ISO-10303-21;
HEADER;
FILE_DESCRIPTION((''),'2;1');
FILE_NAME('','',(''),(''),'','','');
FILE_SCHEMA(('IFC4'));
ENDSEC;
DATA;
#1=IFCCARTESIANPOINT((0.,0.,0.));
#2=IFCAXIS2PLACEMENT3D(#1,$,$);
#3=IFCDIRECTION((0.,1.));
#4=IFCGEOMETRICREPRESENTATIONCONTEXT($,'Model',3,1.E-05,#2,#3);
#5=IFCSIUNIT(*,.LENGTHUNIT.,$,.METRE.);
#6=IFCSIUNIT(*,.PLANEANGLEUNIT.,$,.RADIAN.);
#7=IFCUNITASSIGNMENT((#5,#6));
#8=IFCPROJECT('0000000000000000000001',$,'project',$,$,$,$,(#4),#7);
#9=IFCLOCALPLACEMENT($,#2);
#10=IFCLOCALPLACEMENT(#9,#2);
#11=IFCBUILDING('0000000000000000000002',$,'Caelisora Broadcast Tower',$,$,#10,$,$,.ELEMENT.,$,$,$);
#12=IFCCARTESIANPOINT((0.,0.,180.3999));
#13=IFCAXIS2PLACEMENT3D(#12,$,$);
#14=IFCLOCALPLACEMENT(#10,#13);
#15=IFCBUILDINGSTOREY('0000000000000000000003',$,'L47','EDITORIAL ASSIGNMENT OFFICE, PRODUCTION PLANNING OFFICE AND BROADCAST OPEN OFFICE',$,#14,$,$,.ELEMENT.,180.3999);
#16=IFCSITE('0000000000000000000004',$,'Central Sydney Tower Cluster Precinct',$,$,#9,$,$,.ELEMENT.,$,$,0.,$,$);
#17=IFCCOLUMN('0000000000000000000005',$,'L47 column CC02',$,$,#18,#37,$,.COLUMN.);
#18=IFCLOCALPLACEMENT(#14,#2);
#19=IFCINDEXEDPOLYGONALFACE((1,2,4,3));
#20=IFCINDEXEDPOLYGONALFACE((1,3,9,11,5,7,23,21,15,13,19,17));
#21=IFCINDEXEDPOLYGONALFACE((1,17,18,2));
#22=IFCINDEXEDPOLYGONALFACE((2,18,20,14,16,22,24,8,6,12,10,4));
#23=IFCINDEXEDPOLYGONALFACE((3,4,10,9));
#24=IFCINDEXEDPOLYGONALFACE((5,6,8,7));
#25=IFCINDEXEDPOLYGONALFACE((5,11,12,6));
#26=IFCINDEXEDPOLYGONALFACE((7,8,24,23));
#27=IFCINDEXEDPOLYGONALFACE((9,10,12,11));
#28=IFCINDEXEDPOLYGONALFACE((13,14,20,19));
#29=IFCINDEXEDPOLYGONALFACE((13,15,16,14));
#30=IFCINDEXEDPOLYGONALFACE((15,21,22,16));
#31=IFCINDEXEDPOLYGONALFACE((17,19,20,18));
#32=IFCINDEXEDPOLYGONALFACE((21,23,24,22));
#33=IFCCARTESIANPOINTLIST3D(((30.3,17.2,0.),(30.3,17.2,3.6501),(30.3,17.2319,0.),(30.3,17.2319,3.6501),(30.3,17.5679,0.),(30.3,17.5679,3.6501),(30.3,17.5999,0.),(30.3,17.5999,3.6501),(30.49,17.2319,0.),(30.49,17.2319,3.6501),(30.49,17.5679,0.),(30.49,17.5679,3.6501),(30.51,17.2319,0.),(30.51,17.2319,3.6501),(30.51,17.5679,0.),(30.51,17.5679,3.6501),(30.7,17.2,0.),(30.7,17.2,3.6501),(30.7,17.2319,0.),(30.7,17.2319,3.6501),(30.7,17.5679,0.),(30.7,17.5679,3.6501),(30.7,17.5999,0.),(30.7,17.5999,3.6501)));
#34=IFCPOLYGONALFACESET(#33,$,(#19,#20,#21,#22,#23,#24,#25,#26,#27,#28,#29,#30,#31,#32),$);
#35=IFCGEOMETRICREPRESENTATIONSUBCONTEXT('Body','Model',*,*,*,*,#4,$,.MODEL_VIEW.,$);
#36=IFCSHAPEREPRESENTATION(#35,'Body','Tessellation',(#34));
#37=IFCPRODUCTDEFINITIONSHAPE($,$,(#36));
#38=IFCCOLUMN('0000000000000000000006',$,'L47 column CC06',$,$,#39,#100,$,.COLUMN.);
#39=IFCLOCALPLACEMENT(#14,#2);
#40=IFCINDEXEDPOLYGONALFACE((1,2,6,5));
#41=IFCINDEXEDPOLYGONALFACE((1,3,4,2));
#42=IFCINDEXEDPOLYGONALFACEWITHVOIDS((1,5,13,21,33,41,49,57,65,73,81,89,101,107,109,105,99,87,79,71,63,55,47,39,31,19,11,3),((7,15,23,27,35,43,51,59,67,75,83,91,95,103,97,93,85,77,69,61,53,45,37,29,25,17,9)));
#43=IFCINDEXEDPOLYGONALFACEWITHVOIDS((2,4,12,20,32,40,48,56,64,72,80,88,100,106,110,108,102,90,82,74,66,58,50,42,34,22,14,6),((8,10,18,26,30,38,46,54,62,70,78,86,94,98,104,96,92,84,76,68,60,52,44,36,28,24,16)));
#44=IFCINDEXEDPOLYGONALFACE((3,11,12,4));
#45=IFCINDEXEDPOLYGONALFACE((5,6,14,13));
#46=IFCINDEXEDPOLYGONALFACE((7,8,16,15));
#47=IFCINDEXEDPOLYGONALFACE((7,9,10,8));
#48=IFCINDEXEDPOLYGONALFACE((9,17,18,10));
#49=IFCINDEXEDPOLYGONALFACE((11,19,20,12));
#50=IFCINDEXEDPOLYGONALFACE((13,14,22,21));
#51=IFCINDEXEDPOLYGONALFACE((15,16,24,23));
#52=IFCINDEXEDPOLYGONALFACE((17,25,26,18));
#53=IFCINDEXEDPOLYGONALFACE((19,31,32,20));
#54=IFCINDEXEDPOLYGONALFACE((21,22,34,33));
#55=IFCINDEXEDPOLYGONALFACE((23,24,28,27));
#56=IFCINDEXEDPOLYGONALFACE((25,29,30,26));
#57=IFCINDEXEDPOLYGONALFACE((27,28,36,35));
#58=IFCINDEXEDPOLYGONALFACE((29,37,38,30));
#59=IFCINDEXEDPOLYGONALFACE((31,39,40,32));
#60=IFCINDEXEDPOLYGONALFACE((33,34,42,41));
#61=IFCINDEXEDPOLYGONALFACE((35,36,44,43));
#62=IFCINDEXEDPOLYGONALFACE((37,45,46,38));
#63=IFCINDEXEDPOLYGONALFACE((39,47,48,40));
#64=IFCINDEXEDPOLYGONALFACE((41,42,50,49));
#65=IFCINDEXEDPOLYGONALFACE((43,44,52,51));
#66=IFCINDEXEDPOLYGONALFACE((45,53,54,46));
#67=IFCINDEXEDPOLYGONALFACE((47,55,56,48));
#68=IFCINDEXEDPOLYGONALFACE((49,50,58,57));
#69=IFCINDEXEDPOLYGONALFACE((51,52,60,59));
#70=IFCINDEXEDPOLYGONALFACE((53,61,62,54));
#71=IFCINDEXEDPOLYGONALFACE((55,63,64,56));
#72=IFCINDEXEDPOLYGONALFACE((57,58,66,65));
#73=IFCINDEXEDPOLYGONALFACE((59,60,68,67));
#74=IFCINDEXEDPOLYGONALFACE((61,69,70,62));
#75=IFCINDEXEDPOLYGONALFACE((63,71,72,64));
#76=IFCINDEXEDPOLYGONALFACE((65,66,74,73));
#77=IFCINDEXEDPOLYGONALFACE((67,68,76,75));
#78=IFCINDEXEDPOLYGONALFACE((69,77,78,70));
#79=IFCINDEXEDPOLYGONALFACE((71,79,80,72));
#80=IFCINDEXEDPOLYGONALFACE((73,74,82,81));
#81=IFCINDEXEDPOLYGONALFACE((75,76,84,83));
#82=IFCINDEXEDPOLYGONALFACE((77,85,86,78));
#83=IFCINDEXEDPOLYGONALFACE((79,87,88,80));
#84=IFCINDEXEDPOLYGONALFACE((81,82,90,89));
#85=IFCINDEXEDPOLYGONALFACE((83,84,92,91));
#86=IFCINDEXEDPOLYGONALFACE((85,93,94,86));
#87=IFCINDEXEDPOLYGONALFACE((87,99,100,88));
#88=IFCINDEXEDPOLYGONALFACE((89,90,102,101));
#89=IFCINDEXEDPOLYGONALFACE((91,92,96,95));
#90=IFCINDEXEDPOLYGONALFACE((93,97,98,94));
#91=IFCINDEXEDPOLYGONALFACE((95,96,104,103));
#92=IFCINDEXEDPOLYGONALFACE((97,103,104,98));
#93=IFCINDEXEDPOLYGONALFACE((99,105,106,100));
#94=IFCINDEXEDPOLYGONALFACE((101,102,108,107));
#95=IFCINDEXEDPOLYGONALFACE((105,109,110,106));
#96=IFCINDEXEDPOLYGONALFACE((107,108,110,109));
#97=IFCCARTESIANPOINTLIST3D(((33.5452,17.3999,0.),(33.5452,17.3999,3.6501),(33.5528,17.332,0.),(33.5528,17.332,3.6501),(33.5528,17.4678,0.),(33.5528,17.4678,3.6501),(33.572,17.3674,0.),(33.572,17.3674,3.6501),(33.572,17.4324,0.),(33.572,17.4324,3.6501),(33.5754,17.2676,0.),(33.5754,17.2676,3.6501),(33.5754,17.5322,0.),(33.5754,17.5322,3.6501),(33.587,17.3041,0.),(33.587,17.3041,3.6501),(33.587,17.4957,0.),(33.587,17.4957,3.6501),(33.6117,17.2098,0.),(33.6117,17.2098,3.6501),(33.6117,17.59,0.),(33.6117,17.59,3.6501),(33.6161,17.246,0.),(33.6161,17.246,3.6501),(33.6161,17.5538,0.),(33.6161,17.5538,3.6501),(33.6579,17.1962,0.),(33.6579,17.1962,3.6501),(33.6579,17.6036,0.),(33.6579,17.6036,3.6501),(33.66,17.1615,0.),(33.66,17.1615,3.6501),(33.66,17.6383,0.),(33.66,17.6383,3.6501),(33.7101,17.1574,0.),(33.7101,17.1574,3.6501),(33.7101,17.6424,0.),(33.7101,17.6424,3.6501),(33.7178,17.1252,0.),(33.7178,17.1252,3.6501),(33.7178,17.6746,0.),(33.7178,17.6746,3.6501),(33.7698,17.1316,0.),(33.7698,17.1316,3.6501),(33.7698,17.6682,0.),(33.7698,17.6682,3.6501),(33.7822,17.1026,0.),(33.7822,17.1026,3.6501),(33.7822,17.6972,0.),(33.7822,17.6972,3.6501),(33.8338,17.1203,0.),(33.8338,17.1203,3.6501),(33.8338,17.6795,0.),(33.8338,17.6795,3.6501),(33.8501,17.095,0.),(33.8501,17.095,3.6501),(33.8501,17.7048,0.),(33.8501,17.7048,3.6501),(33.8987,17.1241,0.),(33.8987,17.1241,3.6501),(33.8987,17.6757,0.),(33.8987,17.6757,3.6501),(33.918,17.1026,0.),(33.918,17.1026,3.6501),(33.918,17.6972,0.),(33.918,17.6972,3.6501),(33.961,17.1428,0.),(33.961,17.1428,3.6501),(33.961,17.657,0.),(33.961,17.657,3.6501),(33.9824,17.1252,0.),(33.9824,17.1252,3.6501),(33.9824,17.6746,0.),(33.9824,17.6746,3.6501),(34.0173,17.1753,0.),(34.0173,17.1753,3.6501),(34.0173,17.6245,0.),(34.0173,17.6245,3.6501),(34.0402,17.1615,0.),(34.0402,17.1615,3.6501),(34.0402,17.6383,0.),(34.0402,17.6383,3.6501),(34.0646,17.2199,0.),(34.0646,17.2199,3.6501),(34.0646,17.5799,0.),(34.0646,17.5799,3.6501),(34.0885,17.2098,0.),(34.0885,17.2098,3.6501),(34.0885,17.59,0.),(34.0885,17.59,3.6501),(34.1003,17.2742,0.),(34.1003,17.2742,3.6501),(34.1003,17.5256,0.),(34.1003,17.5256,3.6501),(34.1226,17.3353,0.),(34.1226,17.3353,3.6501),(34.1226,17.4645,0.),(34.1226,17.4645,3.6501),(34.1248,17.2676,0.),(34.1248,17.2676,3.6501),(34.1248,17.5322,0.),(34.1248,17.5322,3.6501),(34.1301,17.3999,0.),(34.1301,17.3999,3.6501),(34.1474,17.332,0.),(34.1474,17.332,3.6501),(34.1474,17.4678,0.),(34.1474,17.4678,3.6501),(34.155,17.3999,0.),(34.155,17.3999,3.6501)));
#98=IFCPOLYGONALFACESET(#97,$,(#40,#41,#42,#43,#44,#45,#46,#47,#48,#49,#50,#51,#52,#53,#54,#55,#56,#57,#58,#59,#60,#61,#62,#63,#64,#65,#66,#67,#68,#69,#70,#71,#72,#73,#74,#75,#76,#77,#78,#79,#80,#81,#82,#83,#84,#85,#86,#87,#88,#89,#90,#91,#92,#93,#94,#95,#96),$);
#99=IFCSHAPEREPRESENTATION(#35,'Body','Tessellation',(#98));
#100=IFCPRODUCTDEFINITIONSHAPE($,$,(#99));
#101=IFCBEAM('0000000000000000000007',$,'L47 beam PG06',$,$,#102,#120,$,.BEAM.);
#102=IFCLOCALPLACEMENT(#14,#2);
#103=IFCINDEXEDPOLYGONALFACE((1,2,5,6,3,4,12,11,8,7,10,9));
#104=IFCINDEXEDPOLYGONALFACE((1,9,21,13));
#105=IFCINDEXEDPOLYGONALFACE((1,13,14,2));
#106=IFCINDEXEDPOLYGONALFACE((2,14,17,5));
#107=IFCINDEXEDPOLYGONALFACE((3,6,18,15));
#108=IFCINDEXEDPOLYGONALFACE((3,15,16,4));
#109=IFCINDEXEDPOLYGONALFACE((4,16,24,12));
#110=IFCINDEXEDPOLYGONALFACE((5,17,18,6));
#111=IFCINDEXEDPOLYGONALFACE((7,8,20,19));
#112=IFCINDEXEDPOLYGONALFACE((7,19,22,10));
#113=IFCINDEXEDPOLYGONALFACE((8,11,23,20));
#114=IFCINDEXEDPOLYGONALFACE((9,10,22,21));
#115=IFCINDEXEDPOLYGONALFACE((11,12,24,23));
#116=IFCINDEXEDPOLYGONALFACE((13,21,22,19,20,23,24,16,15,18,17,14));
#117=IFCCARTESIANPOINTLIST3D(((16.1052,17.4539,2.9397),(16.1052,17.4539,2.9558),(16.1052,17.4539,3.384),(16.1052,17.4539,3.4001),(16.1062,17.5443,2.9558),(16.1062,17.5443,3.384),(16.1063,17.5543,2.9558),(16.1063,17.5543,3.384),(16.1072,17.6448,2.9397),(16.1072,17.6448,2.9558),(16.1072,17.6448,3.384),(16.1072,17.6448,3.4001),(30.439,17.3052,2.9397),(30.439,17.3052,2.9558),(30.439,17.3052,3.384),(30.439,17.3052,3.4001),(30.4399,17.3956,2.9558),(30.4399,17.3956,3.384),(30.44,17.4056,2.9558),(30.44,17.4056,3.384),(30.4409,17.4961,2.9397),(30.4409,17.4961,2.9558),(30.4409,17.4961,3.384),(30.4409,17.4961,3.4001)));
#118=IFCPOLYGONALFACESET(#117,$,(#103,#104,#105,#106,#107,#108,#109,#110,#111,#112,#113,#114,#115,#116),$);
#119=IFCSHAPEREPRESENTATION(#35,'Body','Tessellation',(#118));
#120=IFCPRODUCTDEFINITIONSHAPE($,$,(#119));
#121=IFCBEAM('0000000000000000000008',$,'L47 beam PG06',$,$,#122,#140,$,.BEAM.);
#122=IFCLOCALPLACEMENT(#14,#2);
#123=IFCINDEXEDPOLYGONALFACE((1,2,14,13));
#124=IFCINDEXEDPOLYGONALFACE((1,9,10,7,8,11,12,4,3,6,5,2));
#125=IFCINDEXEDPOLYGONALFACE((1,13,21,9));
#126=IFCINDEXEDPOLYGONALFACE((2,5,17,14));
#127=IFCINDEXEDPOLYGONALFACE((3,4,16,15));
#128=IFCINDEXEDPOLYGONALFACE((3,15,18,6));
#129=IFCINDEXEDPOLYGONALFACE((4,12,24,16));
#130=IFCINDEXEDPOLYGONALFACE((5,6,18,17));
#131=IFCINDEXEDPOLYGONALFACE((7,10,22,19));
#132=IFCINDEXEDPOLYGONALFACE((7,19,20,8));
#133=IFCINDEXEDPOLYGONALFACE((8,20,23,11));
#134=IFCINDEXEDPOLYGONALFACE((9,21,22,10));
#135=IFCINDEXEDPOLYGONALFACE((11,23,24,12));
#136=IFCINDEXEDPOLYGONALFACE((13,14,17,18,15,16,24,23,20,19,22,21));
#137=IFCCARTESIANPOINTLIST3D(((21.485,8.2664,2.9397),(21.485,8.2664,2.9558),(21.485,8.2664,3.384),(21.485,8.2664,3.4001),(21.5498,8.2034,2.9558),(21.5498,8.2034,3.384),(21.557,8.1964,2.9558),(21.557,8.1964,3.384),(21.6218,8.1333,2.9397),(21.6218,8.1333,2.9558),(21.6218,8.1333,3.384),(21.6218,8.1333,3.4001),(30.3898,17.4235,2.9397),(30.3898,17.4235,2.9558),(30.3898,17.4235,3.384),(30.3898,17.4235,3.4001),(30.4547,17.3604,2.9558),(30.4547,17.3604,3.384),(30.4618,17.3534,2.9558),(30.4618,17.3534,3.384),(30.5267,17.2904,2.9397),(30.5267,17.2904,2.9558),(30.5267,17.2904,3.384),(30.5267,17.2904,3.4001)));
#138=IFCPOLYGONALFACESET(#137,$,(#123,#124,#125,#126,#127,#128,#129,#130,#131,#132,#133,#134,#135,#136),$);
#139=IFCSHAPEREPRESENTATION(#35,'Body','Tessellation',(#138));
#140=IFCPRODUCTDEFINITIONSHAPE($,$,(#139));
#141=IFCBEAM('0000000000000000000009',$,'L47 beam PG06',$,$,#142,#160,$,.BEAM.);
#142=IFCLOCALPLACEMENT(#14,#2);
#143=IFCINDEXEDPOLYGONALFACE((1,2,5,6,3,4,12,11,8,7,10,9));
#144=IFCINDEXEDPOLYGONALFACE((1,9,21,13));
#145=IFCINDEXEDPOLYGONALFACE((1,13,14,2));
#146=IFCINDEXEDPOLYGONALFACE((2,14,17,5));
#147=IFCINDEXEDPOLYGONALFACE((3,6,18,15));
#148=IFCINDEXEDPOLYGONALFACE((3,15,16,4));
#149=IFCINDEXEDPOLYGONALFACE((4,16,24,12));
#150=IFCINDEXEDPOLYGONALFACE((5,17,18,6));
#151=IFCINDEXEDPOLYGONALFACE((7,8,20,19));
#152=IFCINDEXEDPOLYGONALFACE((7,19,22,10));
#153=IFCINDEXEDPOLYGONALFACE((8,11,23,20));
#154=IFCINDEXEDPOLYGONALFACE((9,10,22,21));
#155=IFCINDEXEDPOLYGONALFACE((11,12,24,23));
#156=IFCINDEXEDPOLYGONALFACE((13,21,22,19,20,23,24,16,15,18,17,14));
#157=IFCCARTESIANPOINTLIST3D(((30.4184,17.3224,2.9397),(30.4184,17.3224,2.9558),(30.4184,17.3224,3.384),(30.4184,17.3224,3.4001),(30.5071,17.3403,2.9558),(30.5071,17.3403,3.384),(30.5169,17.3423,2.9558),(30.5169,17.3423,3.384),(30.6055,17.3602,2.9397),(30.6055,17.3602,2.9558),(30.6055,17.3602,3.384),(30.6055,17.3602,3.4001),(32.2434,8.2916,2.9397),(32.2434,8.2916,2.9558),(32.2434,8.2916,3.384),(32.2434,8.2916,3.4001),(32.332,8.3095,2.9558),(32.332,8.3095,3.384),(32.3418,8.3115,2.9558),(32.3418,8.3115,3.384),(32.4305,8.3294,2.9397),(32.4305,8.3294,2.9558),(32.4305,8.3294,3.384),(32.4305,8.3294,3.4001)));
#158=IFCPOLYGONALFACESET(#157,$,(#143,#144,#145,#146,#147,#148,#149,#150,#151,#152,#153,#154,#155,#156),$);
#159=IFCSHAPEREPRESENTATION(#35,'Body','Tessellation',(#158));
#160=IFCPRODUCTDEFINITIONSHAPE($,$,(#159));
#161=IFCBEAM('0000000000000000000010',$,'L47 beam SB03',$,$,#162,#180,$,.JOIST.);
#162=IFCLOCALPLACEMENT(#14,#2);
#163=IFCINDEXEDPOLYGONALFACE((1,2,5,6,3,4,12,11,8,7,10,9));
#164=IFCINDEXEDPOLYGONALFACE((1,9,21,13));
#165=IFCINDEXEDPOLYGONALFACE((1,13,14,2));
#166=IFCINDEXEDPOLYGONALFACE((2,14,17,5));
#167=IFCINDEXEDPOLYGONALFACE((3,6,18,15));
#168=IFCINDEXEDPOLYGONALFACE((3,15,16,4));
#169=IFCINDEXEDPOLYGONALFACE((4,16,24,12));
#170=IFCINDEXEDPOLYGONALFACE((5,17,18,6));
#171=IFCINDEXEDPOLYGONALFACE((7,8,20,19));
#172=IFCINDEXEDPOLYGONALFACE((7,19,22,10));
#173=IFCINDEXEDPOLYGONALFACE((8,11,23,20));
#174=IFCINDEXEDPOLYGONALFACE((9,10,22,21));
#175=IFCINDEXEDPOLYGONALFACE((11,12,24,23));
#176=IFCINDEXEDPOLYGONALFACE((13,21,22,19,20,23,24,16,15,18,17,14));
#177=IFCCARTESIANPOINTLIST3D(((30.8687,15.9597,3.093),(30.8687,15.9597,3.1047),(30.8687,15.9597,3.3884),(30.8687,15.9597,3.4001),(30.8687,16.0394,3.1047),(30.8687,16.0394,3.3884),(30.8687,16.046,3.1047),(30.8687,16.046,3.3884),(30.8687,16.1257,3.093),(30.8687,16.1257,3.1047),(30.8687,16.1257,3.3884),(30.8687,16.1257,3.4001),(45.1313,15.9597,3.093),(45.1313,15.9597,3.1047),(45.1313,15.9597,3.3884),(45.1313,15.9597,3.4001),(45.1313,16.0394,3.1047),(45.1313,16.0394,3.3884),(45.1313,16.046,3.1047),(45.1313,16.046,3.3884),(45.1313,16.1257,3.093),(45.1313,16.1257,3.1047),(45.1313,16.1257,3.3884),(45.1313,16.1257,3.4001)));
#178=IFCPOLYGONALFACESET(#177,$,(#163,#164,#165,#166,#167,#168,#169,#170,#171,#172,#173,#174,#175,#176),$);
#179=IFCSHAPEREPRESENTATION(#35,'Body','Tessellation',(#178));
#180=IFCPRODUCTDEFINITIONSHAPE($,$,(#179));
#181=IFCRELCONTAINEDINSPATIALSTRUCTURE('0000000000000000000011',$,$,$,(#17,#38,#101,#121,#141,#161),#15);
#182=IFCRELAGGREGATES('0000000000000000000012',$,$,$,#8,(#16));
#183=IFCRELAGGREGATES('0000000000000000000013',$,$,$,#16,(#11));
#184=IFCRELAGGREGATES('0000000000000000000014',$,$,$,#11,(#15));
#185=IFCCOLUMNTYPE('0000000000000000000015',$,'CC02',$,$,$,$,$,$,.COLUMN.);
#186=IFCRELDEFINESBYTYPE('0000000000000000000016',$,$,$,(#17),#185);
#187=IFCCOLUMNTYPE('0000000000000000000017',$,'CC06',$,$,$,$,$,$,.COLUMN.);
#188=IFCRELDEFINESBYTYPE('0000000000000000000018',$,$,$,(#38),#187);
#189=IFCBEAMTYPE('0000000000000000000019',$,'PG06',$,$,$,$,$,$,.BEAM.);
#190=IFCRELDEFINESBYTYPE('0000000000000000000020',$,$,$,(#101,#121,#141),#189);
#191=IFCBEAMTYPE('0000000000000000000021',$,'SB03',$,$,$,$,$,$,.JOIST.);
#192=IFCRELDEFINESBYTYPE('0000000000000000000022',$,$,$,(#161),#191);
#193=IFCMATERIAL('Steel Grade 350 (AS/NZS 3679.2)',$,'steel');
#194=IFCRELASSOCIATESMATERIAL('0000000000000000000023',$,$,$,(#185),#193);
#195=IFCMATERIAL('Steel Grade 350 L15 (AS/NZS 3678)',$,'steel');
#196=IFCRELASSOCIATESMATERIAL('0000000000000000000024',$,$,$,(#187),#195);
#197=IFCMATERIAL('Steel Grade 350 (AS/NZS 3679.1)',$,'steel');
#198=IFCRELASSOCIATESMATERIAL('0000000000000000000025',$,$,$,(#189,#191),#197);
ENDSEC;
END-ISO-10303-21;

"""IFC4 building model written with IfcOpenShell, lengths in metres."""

from ifc_helpers import new_model, si_unit, direction, frame, origin, origin_2d, place, context, subcontext, project, spatial, hollow_circle, i_section, extrude, source, transform, mapped, material, material_profile, profile_set, type_object, type_shapes, element, save


model = new_model("IFC4")

# Units and contexts
model_context = context("Model", 3, precision=1e-05, world=origin(), true_north=direction((0.0, 1.0)))
body_context = subcontext(model_context, "Body", "Model", "MODEL_VIEW")
ifc_project = project(units=[si_unit("LENGTHUNIT", "METRE"), si_unit("PLANEANGLEUNIT", "RADIAN")], contexts=[model_context])

# Site, building, storey
site_placement = place(None, origin())
site = spatial("IfcSite", under=ifc_project, at=site_placement, Name="Central Sydney Tower Cluster Precinct", CompositionType="ELEMENT", RefElevation=0.0)
building_placement = place(site_placement, origin())
building = spatial("IfcBuilding", under=site, at=building_placement, Name="Caelisora Broadcast Tower", CompositionType="ELEMENT")
storey_placement = place(building_placement, frame((0.0, 0.0, 180.3999)))
storey = spatial("IfcBuildingStorey", under=building, at=storey_placement, Name="L47", Description="EDITORIAL ASSIGNMENT OFFICE, PRODUCTION PLANNING OFFICE AND BROADCAST OPEN OFFICE", CompositionType="ELEMENT", Elevation=180.3999)

# Columns
ifc_material_1 = material(Name="Steel Grade 350 (AS/NZS 3679.2)", Category="steel")
ifc_material_profile_1 = material_profile(ifc_material_1, i_section(OverallWidth=0.3999, OverallDepth=0.3999, WebThickness=0.02, FlangeThickness=0.032, at=origin_2d()), Name="Steel Grade 350 (AS/NZS 3679.2)")
ifc_profile_set_1 = profile_set([ifc_material_profile_1], Name="Steel Grade 350 (AS/NZS 3679.2)")
column_type_1 = type_object("IfcColumnType", Name="CC02", PredefinedType="COLUMN", material=ifc_profile_set_1)
shared_shape_1 = source(origin(), body_context, "Body", "SweptSolid", [
    extrude(i_section(OverallWidth=0.3999, OverallDepth=0.3999, WebThickness=0.02, FlangeThickness=0.032, at=origin_2d()), origin(), (0.0, 0.0, 1.0), 3.6501),
])
type_shapes(column_type_1, [shared_shape_1])
column_1_placement = place(storey_placement, frame((30.5, 17.3999, 0.0), z_axis=(0.0, 0.0, 1.0), x_axis=(1.0, 0.0, 0.0)))
element("IfcColumn", 1, at=column_1_placement, inside=storey, type_object=column_type_1, Name="L47 column CC02", PredefinedType="COLUMN", context=body_context, shape_type="MappedRepresentation", body=[
    mapped(shared_shape_1, transform((0.0, 0.0, 0.0), scale=1.0)),
])
ifc_material_2 = material(Name="Steel Grade 350 L15 (AS/NZS 3678)", Category="steel")
ifc_material_profile_2 = material_profile(ifc_material_2, hollow_circle(Radius=0.3049, WallThickness=0.0249, at=origin_2d()), Name="Steel Grade 350 L15 (AS/NZS 3678)")
ifc_profile_set_2 = profile_set([ifc_material_profile_2], Name="Steel Grade 350 L15 (AS/NZS 3678)")
column_type_2 = type_object("IfcColumnType", Name="CC06", PredefinedType="COLUMN", material=ifc_profile_set_2)
shared_shape_2 = source(origin(), body_context, "Body", "SweptSolid", [
    extrude(hollow_circle(Radius=0.3049, WallThickness=0.0249, at=origin_2d()), origin(), (0.0, 0.0, 1.0), 3.6501),
])
type_shapes(column_type_2, [shared_shape_2])
column_2_placement = place(storey_placement, frame((33.8501, 17.3999, 0.0), z_axis=(0.0, 0.0, 1.0), x_axis=(1.0, 0.0, 0.0)))
element("IfcColumn", 2, at=column_2_placement, inside=storey, type_object=column_type_2, Name="L47 column CC06", PredefinedType="COLUMN", context=body_context, shape_type="MappedRepresentation", body=[
    mapped(shared_shape_2, transform((0.0, 0.0, 0.0), scale=1.0)),
])

# Beams
ifc_material_3 = material(Name="Steel Grade 350 (AS/NZS 3679.1)", Category="steel")
ifc_material_profile_3 = material_profile(ifc_material_3, i_section(OverallWidth=0.1909, OverallDepth=0.4604, WebThickness=0.01, FlangeThickness=0.0161, at=origin_2d()), Name="Steel Grade 350 (AS/NZS 3679.1)")
ifc_profile_set_3 = profile_set([ifc_material_profile_3], Name="Steel Grade 350 (AS/NZS 3679.1)")
beam_type_1 = type_object("IfcBeamType", Name="PG06", PredefinedType="BEAM", material=ifc_profile_set_3)
shared_shape_3 = source(origin(), body_context, "Body", "SweptSolid", [
    extrude(i_section(OverallWidth=0.1909, OverallDepth=0.4604, WebThickness=0.01, FlangeThickness=0.0161, at=origin_2d()), origin(), (0.0, 0.0, 1.0), 14.3345),
])
beam_1_placement = place(storey_placement, frame((30.4399, 17.4006, 3.1699), z_axis=(-0.999946, 0.010372, 0.0), x_axis=(-0.010372, -0.999946, 0.0)))
element("IfcBeam", 3, at=beam_1_placement, inside=storey, type_object=beam_type_1, Name="L47 beam PG06", PredefinedType="BEAM", context=body_context, shape_type="MappedRepresentation", body=[
    mapped(shared_shape_3, transform((0.0, 0.0, 0.0), scale=1.0)),
])
shared_shape_4 = source(origin(), body_context, "Body", "SweptSolid", [
    extrude(i_section(OverallWidth=0.1909, OverallDepth=0.4604, WebThickness=0.01, FlangeThickness=0.0161, at=origin_2d()), origin(), (0.0, 0.0, 1.0), 12.7729),
])
beam_2_placement = place(storey_placement, frame((30.4583, 17.3569, 3.1699), z_axis=(-0.697165, -0.71691, 0.0), x_axis=(0.71691, -0.697165, 0.0)))
element("IfcBeam", 4, at=beam_2_placement, inside=storey, type_object=beam_type_1, Name="L47 beam PG06", PredefinedType="BEAM", context=body_context, shape_type="MappedRepresentation", body=[
    mapped(shared_shape_4, transform((0.0, 0.0, 0.0), scale=1.0)),
])
shared_shape_5 = source(origin(), body_context, "Body", "SweptSolid", [
    extrude(i_section(OverallWidth=0.1909, OverallDepth=0.4604, WebThickness=0.01, FlangeThickness=0.0161, at=origin_2d()), origin(), (0.0, 0.0, 1.0), 9.2134),
])
type_shapes(beam_type_1, [shared_shape_3, shared_shape_4, shared_shape_5])
beam_3_placement = place(storey_placement, frame((30.512, 17.3413, 3.1699), z_axis=(0.198078, -0.980186, 0.0), x_axis=(0.980186, 0.198078, 0.0)))
element("IfcBeam", 5, at=beam_3_placement, inside=storey, type_object=beam_type_1, Name="L47 beam PG06", PredefinedType="BEAM", context=body_context, shape_type="MappedRepresentation", body=[
    mapped(shared_shape_5, transform((0.0, 0.0, 0.0), scale=1.0)),
])
ifc_material_profile_4 = material_profile(ifc_material_3, i_section(OverallWidth=0.166, OverallDepth=0.3071, WebThickness=0.0066, FlangeThickness=0.0117, at=origin_2d()), Name="Steel Grade 350 (AS/NZS 3679.1)")
ifc_profile_set_4 = profile_set([ifc_material_profile_4], Name="Steel Grade 350 (AS/NZS 3679.1)")
beam_type_2 = type_object("IfcBeamType", Name="SB03", PredefinedType="JOIST", material=ifc_profile_set_4)
shared_shape_6 = source(origin(), body_context, "Body", "SweptSolid", [
    extrude(i_section(OverallWidth=0.166, OverallDepth=0.3071, WebThickness=0.0066, FlangeThickness=0.0117, at=origin_2d()), origin(), (0.0, 0.0, 1.0), 14.2627),
])
beam_4_placement = place(storey_placement, frame((30.8687, 16.0427, 3.2466), z_axis=(1.0, 0.0, 0.0), x_axis=(0.0, 1.0, 0.0)))
element("IfcBeam", 6, at=beam_4_placement, inside=storey, type_object=beam_type_2, Name="L47 beam SB03", PredefinedType="JOIST", context=body_context, shape_type="MappedRepresentation", body=[
    mapped(shared_shape_6, transform((0.0, 0.0, 0.0), scale=1.0)),
])

save(model, "model.ifc")
